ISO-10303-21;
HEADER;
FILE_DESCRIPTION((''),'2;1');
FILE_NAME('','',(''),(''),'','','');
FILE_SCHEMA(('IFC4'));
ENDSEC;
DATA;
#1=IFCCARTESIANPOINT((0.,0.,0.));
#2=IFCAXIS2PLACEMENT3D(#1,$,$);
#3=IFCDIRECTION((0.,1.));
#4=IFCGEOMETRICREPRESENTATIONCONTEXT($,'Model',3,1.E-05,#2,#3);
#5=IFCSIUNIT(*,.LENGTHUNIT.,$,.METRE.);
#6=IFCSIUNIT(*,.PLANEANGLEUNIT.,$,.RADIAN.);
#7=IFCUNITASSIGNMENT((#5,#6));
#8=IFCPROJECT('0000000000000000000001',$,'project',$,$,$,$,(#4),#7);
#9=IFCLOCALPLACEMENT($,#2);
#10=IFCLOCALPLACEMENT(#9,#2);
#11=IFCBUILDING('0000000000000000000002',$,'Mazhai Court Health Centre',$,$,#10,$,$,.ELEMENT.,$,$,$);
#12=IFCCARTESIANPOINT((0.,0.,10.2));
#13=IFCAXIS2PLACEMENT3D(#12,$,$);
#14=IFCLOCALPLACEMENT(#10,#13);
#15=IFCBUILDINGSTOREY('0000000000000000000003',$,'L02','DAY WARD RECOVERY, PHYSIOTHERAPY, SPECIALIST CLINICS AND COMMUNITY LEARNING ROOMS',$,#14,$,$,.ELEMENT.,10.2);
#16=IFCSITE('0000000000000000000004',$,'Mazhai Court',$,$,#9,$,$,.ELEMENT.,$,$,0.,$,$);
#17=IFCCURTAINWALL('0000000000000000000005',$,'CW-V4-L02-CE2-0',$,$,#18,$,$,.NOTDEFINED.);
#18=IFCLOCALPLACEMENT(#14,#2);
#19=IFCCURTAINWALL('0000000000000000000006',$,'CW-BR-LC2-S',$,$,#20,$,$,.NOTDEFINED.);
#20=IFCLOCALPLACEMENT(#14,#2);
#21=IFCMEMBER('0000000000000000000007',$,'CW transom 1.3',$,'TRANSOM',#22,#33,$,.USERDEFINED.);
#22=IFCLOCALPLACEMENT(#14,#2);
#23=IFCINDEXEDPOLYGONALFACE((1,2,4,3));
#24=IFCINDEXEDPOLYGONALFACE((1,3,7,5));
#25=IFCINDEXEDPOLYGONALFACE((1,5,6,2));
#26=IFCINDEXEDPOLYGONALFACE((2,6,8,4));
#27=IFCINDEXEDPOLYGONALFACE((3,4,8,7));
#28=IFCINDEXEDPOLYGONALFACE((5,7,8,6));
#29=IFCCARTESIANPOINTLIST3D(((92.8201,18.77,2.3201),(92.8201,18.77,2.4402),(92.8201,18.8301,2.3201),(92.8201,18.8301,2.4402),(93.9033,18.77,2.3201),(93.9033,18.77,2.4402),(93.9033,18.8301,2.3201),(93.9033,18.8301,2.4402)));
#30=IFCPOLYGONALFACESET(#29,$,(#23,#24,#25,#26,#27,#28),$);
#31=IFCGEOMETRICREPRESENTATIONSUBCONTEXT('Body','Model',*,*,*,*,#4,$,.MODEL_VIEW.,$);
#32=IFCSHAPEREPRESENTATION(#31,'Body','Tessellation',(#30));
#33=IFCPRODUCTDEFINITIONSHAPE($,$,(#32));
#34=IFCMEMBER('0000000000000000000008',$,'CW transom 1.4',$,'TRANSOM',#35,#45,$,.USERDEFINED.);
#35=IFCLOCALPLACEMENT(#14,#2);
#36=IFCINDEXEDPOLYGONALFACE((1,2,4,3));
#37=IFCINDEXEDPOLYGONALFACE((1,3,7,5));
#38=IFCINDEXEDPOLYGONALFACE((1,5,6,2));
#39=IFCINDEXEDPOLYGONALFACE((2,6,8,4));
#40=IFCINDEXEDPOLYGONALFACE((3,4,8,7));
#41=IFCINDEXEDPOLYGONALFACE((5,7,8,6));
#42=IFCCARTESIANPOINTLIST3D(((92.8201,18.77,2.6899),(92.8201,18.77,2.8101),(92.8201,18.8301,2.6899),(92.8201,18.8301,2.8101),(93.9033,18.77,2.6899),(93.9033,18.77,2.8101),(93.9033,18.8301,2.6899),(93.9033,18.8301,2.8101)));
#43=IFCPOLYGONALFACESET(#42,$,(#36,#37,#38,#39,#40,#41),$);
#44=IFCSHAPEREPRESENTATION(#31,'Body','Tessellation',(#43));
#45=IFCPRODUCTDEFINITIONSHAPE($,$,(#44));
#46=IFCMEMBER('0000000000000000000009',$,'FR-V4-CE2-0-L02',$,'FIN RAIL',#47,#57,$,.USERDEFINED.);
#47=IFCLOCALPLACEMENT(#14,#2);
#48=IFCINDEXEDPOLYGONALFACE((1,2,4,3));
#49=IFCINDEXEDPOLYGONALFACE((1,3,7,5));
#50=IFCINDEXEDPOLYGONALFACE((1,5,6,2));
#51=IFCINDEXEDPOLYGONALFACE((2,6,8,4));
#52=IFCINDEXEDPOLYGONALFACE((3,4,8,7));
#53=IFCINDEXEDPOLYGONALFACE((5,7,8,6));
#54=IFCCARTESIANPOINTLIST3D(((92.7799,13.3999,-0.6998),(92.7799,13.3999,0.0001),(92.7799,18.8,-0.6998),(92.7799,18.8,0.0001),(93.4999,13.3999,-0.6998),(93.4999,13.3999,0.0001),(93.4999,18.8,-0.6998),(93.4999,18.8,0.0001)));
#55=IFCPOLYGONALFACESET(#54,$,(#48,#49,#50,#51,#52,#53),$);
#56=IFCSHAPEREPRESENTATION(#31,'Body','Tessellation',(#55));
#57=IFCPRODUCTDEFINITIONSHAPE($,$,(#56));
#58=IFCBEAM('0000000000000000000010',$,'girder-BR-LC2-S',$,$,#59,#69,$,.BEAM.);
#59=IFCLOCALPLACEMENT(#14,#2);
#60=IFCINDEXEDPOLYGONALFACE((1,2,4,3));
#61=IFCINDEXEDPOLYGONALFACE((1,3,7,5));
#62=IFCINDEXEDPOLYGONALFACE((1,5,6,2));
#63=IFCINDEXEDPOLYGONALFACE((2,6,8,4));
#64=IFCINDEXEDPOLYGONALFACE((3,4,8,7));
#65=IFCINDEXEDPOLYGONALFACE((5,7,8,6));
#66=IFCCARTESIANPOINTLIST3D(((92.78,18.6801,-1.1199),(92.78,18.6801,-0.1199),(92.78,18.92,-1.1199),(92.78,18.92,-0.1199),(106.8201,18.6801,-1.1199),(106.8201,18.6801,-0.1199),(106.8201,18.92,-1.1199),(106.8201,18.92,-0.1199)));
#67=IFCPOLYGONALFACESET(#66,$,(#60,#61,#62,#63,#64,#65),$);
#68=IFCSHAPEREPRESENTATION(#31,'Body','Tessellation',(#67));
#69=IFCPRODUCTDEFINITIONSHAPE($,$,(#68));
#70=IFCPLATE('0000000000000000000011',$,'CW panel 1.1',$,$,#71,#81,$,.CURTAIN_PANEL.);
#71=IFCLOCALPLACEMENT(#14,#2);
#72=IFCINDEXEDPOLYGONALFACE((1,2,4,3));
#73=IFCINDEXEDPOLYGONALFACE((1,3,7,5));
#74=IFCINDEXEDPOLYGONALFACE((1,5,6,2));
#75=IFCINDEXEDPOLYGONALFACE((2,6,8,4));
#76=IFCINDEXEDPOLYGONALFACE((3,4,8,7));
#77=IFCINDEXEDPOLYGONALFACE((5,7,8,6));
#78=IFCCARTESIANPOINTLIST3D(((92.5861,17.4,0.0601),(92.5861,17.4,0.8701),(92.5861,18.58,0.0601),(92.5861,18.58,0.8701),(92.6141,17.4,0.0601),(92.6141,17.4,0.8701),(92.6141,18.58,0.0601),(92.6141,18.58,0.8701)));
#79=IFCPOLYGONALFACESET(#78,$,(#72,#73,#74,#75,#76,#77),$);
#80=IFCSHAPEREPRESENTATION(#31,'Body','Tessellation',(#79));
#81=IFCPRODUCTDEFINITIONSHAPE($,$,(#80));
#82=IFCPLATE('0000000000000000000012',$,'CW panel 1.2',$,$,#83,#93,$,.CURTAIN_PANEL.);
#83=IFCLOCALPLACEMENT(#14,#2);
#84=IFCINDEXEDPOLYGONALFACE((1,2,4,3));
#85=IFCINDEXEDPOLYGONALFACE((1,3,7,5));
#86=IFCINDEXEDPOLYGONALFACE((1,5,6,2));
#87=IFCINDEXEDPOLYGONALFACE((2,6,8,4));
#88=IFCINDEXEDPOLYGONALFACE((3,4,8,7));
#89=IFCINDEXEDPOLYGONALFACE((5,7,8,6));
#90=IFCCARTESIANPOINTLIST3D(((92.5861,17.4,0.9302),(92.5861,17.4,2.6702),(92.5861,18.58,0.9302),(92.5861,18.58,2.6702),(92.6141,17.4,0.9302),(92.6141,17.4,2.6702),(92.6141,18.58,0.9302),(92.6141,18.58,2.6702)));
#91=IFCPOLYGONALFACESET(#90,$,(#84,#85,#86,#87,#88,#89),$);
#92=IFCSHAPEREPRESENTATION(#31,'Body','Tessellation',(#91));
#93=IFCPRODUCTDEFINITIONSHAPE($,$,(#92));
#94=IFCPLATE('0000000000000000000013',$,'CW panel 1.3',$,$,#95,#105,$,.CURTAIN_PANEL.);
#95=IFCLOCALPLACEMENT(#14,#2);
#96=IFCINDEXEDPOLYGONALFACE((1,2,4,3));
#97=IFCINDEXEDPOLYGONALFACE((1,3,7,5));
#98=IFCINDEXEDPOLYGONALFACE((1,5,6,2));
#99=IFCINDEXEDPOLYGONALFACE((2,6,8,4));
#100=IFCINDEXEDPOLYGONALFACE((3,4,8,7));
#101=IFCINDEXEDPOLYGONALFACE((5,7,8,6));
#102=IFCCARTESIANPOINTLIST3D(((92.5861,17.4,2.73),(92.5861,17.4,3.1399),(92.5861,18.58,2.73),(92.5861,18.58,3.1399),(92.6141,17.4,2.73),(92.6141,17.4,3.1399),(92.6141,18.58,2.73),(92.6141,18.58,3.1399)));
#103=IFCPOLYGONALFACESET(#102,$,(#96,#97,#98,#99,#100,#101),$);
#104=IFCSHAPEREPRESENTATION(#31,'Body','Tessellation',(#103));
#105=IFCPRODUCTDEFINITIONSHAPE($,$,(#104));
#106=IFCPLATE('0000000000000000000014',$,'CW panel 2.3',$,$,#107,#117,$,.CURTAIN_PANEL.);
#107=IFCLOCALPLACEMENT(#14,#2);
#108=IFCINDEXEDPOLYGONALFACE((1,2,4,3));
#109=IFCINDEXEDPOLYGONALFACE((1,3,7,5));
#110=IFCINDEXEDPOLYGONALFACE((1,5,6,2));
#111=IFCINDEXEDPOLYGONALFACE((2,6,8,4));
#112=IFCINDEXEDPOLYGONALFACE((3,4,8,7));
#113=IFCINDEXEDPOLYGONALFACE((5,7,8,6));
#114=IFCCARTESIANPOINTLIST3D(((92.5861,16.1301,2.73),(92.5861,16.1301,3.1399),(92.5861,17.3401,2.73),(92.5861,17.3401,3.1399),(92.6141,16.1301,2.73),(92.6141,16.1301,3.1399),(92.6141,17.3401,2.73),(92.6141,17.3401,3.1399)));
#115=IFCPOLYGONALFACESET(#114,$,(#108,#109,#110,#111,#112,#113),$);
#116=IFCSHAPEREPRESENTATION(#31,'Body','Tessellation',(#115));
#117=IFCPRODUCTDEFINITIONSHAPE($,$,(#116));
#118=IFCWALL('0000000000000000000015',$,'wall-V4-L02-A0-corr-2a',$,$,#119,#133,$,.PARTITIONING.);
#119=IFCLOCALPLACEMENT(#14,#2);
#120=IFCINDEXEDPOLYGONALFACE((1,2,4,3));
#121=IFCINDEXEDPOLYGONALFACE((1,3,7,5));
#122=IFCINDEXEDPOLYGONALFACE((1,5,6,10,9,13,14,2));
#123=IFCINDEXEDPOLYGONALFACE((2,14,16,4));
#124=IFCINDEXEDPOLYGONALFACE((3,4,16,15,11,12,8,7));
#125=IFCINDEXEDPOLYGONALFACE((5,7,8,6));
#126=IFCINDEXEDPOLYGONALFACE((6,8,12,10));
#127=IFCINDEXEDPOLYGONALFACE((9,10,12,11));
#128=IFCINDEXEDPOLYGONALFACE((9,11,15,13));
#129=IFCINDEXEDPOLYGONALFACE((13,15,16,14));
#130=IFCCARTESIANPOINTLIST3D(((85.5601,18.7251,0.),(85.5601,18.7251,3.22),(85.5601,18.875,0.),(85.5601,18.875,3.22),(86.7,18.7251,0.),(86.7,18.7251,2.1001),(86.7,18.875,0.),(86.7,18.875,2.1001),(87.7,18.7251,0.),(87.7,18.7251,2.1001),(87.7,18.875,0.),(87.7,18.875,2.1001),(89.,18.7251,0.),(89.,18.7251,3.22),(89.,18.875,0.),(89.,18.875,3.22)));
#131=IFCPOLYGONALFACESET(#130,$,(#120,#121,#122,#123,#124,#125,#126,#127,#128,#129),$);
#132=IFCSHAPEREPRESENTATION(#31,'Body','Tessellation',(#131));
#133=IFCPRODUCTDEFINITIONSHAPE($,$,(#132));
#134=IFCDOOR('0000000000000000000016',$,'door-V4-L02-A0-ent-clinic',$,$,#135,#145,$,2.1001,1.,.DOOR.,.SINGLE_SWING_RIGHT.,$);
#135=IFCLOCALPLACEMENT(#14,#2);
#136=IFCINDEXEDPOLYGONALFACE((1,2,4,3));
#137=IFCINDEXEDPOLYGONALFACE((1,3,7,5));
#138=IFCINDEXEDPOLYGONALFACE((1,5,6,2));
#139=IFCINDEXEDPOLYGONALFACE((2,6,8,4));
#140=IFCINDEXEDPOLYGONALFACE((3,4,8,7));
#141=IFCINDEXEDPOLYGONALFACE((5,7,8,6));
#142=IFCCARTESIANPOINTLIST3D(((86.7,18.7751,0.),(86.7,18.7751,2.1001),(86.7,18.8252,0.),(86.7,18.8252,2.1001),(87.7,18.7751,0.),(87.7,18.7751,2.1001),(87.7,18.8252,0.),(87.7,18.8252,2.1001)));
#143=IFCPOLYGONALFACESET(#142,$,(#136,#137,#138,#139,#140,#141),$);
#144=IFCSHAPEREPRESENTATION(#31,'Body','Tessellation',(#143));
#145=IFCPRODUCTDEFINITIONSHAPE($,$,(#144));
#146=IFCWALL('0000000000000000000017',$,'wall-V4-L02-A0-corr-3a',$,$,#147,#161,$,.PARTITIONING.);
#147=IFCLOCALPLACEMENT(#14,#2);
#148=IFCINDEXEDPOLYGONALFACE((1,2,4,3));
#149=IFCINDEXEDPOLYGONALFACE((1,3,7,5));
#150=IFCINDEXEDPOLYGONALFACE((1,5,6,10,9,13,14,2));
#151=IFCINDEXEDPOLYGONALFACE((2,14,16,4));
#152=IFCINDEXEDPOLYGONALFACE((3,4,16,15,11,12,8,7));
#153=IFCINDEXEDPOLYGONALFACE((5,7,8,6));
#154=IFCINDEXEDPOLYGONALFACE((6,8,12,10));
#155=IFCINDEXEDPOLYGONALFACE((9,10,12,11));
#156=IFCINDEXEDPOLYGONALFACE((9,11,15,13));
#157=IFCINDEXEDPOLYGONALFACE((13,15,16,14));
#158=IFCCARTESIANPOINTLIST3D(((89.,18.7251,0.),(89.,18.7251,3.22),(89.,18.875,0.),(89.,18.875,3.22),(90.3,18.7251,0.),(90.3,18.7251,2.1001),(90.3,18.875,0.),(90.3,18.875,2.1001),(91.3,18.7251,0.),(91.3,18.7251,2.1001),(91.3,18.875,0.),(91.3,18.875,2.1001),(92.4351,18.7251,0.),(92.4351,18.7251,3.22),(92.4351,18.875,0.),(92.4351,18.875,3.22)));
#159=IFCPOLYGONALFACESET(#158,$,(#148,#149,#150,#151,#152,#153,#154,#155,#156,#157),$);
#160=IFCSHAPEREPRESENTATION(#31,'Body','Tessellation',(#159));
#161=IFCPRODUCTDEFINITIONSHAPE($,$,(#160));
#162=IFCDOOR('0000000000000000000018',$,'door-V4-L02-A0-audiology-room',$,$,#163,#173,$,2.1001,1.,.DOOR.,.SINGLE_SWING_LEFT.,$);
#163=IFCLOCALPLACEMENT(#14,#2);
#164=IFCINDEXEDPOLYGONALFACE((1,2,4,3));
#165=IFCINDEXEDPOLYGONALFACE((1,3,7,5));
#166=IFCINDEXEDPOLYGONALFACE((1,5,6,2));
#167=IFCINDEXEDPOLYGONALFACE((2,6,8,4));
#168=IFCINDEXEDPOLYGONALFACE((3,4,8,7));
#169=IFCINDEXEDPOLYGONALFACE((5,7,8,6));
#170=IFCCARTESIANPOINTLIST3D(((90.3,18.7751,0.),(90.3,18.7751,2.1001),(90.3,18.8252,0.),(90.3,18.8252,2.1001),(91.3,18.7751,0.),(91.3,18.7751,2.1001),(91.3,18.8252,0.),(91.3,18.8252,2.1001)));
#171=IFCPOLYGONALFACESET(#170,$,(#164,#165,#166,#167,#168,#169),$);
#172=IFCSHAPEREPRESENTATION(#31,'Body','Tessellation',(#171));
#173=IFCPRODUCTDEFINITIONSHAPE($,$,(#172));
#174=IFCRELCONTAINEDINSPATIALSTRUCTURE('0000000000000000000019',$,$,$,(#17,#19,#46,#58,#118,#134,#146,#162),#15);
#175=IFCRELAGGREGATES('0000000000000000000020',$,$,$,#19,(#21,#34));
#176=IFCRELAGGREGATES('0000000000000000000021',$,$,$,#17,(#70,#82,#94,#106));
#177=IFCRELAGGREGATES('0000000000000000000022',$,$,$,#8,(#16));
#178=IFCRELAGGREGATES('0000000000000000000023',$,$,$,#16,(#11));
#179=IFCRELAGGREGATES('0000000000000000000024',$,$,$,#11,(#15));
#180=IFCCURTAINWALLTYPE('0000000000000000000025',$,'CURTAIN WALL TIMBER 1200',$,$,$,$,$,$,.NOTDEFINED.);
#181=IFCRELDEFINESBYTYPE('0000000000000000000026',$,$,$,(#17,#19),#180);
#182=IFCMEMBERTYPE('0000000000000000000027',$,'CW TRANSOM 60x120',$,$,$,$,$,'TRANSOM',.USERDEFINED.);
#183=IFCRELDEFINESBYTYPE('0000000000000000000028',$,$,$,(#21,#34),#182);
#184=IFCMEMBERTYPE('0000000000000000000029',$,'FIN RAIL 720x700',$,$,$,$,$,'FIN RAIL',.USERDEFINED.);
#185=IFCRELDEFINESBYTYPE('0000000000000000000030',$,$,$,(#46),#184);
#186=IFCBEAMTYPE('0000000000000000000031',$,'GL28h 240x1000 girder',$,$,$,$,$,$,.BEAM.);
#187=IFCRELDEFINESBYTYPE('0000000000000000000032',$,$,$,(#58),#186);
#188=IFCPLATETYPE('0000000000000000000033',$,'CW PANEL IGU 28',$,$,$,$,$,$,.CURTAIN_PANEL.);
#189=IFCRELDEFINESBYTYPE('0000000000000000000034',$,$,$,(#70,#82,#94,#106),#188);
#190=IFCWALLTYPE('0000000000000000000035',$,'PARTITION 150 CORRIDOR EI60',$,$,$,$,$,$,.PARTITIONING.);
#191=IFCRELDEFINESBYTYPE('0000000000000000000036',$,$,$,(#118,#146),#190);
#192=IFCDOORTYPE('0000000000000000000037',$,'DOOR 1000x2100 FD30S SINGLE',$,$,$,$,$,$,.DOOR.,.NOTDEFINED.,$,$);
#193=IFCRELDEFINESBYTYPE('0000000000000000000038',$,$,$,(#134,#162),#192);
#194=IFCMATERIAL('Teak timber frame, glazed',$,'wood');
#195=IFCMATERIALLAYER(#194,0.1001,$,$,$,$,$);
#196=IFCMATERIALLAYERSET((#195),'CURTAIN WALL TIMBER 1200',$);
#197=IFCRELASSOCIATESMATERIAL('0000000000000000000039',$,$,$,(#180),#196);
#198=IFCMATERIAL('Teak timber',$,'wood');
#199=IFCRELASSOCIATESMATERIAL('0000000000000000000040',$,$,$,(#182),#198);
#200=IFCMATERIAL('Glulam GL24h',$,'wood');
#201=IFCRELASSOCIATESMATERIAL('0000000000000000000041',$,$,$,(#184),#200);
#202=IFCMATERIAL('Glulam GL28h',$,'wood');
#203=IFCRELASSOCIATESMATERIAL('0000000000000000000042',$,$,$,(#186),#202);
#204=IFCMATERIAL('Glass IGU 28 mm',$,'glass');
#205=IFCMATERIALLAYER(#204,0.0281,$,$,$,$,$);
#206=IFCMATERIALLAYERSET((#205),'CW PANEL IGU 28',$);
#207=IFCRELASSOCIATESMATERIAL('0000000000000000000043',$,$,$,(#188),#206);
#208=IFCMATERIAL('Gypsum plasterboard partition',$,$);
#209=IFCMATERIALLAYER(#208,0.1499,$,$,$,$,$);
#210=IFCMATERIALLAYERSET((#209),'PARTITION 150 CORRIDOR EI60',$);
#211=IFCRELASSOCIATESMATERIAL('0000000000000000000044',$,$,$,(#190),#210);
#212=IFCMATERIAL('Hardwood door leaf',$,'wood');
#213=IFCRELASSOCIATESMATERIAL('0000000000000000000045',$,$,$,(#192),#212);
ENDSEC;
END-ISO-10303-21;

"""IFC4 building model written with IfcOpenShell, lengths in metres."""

from ifc_helpers import new_model, si_unit, direction, frame, frame_2d, origin, origin_2d, place, context, subcontext, project, spatial, rectangle, extrude, material, layer, layer_set, material_profile, profile_set, type_object, element, fill, aggregate, save


model = new_model("IFC4")

# Units and contexts
model_context = context("Model", 3, precision=1e-05, world=origin(), true_north=direction((0.0, 1.0)))
body_context = subcontext(model_context, "Body", "Model", "MODEL_VIEW")
ifc_project = project(units=[si_unit("LENGTHUNIT", "METRE"), si_unit("PLANEANGLEUNIT", "RADIAN")], contexts=[model_context])

# Site, building, storey
site_placement = place(None, origin())
site = spatial("IfcSite", under=ifc_project, at=site_placement, Name="Mazhai Court", CompositionType="ELEMENT", RefElevation=0.0)
building_placement = place(site_placement, origin())
building = spatial("IfcBuilding", under=site, at=building_placement, Name="Mazhai Court Health Centre", CompositionType="ELEMENT")
storey_placement = place(building_placement, frame((0.0, 0.0, 10.2)))
storey = spatial("IfcBuildingStorey", under=building, at=storey_placement, Name="L02", Description="DAY WARD RECOVERY, PHYSIOTHERAPY, SPECIALIST CLINICS AND COMMUNITY LEARNING ROOMS", CompositionType="ELEMENT", Elevation=10.2)

# Curtain wall
ifc_material_1 = material(Name="Teak timber frame, glazed", Category="wood")
ifc_layer_1 = layer(ifc_material_1, 0.1001)
ifc_layer_set_1 = layer_set([ifc_layer_1], Name="CURTAIN WALL TIMBER 1200")
curtain_wall_type = type_object("IfcCurtainWallType", Name="CURTAIN WALL TIMBER 1200", PredefinedType="NOTDEFINED", material=ifc_layer_set_1)
curtain_wall_1_placement = place(storey_placement, origin())
curtain_wall_1 = element("IfcCurtainWall", 1, at=curtain_wall_1_placement, inside=storey, type_object=curtain_wall_type, Name="CW-V4-L02-CE2-0", PredefinedType="NOTDEFINED")

# Curtain wall
curtain_wall_2_placement = place(storey_placement, origin())
curtain_wall_2 = element("IfcCurtainWall", 2, at=curtain_wall_2_placement, inside=storey, type_object=curtain_wall_type, Name="CW-BR-LC2-S", PredefinedType="NOTDEFINED")

# Members
ifc_material_2 = material(Name="Teak timber", Category="wood")
ifc_material_profile_1 = material_profile(ifc_material_2, rectangle(XDim=0.0601, YDim=0.1201, at=origin_2d()), Name="CW TRANSOM 60x120")
ifc_profile_set_1 = profile_set([ifc_material_profile_1], Name="Teak timber")
member_type_1 = type_object("IfcMemberType", Name="CW TRANSOM 60x120", ElementType="TRANSOM", PredefinedType="USERDEFINED", material=ifc_profile_set_1)
member_1_placement = place(storey_placement, frame((92.8201, 18.8, 2.3801), z_axis=(1.0, 0.0, 0.0), x_axis=(0.0, 1.0, 0.0)))
member_1 = element("IfcMember", 3, at=member_1_placement, type_object=member_type_1, Name="CW transom 1.3", ObjectType="TRANSOM", PredefinedType="USERDEFINED", context=body_context, shape_type="SweptSolid", body=[
    extrude(rectangle(XDim=0.0601, YDim=0.1201, at=origin_2d()), origin(), (0.0, 0.0, 1.0), 1.0833),
])
member_2_placement = place(storey_placement, frame((92.8201, 18.8, 2.75), z_axis=(1.0, 0.0, 0.0), x_axis=(0.0, 1.0, 0.0)))
member_2 = element("IfcMember", 4, at=member_2_placement, type_object=member_type_1, Name="CW transom 1.4", ObjectType="TRANSOM", PredefinedType="USERDEFINED", context=body_context, shape_type="SweptSolid", body=[
    extrude(rectangle(XDim=0.0601, YDim=0.1201, at=origin_2d()), origin(), (0.0, 0.0, 1.0), 1.0833),
])
aggregate(curtain_wall_2, [member_1, member_2])
ifc_material_3 = material(Name="Glulam GL24h", Category="wood")
ifc_material_profile_2 = material_profile(ifc_material_3, rectangle(XDim=0.72, YDim=0.7, at=origin_2d()), Name="FIN RAIL 720x700")
ifc_profile_set_2 = profile_set([ifc_material_profile_2], Name="Glulam GL24h")
member_type_2 = type_object("IfcMemberType", Name="FIN RAIL 720x700", ElementType="FIN RAIL", PredefinedType="USERDEFINED", material=ifc_profile_set_2)
member_3_placement = place(storey_placement, frame((93.1399, 18.8, -0.3499), z_axis=(0.0, -1.0, 0.0), x_axis=(1.0, 0.0, 0.0)))
element("IfcMember", 5, at=member_3_placement, inside=storey, type_object=member_type_2, Name="FR-V4-CE2-0-L02", ObjectType="FIN RAIL", PredefinedType="USERDEFINED", context=body_context, shape_type="SweptSolid", body=[
    extrude(rectangle(XDim=0.72, YDim=0.7, at=origin_2d()), origin(), (0.0, 0.0, 1.0), 5.4001),
])

# Beam
ifc_material_4 = material(Name="Glulam GL28h", Category="wood")
ifc_material_profile_3 = material_profile(ifc_material_4, rectangle(XDim=0.24, YDim=1.0, at=origin_2d()), Name="GL28h 240x1000")
ifc_profile_set_3 = profile_set([ifc_material_profile_3], Name="Glulam GL28h")
beam_type = type_object("IfcBeamType", Name="GL28h 240x1000 girder", PredefinedType="BEAM", material=ifc_profile_set_3)
beam_placement = place(storey_placement, frame((92.78, 18.8, -0.6199), z_axis=(1.0, 0.0, 0.0), x_axis=(0.0, 1.0, 0.0)))
element("IfcBeam", 6, at=beam_placement, inside=storey, type_object=beam_type, Name="girder-BR-LC2-S", PredefinedType="BEAM", context=body_context, shape_type="SweptSolid", body=[
    extrude(rectangle(XDim=0.24, YDim=1.0, at=origin_2d()), origin(), (0.0, 0.0, 1.0), 14.04),
])

# Plates
ifc_material_5 = material(Name="Glass IGU 28 mm", Category="glass")
ifc_layer_2 = layer(ifc_material_5, 0.0281)
ifc_layer_set_2 = layer_set([ifc_layer_2], Name="CW PANEL IGU 28")
plate_type = type_object("IfcPlateType", Name="CW PANEL IGU 28", PredefinedType="CURTAIN_PANEL", material=ifc_layer_set_2)
plate_1_placement = place(storey_placement, frame((92.6001, 17.99, 0.0601), z_axis=(0.0, 0.0, 1.0), x_axis=(0.0, -1.0, 0.0)))
plate_1 = element("IfcPlate", 7, at=plate_1_placement, type_object=plate_type, Name="CW panel 1.1", PredefinedType="CURTAIN_PANEL", context=body_context, shape_type="SweptSolid", body=[
    extrude(rectangle(XDim=1.1799, YDim=0.0281, at=origin_2d()), origin(), (0.0, 0.0, 1.0), 0.8101),
])
plate_2_placement = place(storey_placement, frame((92.6001, 17.99, 0.9302), z_axis=(0.0, 0.0, 1.0), x_axis=(0.0, -1.0, 0.0)))
plate_2 = element("IfcPlate", 8, at=plate_2_placement, type_object=plate_type, Name="CW panel 1.2", PredefinedType="CURTAIN_PANEL", context=body_context, shape_type="SweptSolid", body=[
    extrude(rectangle(XDim=1.1799, YDim=0.0281, at=origin_2d()), origin(), (0.0, 0.0, 1.0), 1.74),
])
plate_3_placement = place(storey_placement, frame((92.6001, 17.99, 2.73), z_axis=(0.0, 0.0, 1.0), x_axis=(0.0, -1.0, 0.0)))
plate_3 = element("IfcPlate", 9, at=plate_3_placement, type_object=plate_type, Name="CW panel 1.3", PredefinedType="CURTAIN_PANEL", context=body_context, shape_type="SweptSolid", body=[
    extrude(rectangle(XDim=1.1799, YDim=0.0281, at=origin_2d()), origin(), (0.0, 0.0, 1.0), 0.4099),
])
plate_4_placement = place(storey_placement, frame((92.6001, 16.7351, 2.73), z_axis=(0.0, 0.0, 1.0), x_axis=(0.0, -1.0, 0.0)))
plate_4 = element("IfcPlate", 10, at=plate_4_placement, type_object=plate_type, Name="CW panel 2.3", PredefinedType="CURTAIN_PANEL", context=body_context, shape_type="SweptSolid", body=[
    extrude(rectangle(XDim=1.21, YDim=0.0281, at=origin_2d()), origin(), (0.0, 0.0, 1.0), 0.4099),
])
aggregate(curtain_wall_1, [plate_1, plate_2, plate_3, plate_4])

# Walls, openings, doors
ifc_material_6 = material(Name="Gypsum plasterboard partition")
ifc_layer_3 = layer(ifc_material_6, 0.1499)
ifc_layer_set_3 = layer_set([ifc_layer_3], Name="PARTITION 150 CORRIDOR EI60")
wall_type = type_object("IfcWallType", Name="PARTITION 150 CORRIDOR EI60", PredefinedType="PARTITIONING", material=ifc_layer_set_3)
wall_1_placement = place(storey_placement, frame((89.0, 18.8, 0.0), z_axis=(0.0, 0.0, 1.0), x_axis=(-1.0, 0.0, 0.0)))
wall_1 = element("IfcWall", 11, at=wall_1_placement, inside=storey, type_object=wall_type, Name="wall-V4-L02-A0-corr-2a", PredefinedType="PARTITIONING", context=body_context, shape_type="SweptSolid", body=[
    extrude(rectangle(XDim=3.4399, YDim=0.1499, at=frame_2d((1.72, 0.0))), origin(), (0.0, 0.0, 1.0), 3.22),
])
opening_1_placement = place(wall_1_placement, frame((1.3, 0.0, 0.0)))
opening_1 = element("IfcOpeningElement", 12, at=opening_1_placement, cuts=wall_1, PredefinedType="OPENING", context=body_context, shape_type="SweptSolid", body=[
    extrude(rectangle(XDim=1.0, YDim=2.1001, at=frame_2d((0.5, 1.05))), frame((0.0, 0.085, 0.0), z_axis=(0.0, -1.0, 0.0), x_axis=(1.0, 0.0, 0.0)), (0.0, 0.0, 1.0), 0.1699),
])
ifc_material_7 = material(Name="Hardwood door leaf", Category="wood")
door_type = type_object("IfcDoorType", Name="DOOR 1000x2100 FD30S SINGLE", OperationType="NOTDEFINED", PredefinedType="DOOR", material=ifc_material_7)
door_1_placement = place(opening_1_placement, origin())
door_1 = element("IfcDoor", 13, at=door_1_placement, inside=storey, type_object=door_type, Name="door-V4-L02-A0-ent-clinic", OperationType="SINGLE_SWING_RIGHT", OverallHeight=2.1001, OverallWidth=1.0, PredefinedType="DOOR", context=body_context, shape_type="SweptSolid", body=[
    extrude(rectangle(XDim=1.0, YDim=2.1001, at=frame_2d((0.5, 1.05))), frame((0.0, 0.0249, 0.0), z_axis=(0.0, -1.0, 0.0), x_axis=(1.0, 0.0, 0.0)), (0.0, 0.0, 1.0), 0.05),
])
fill(opening_1, door_1)
wall_2_placement = place(storey_placement, frame((92.4351, 18.8, 0.0), z_axis=(0.0, 0.0, 1.0), x_axis=(-1.0, 0.0, 0.0)))
wall_2 = element("IfcWall", 14, at=wall_2_placement, inside=storey, type_object=wall_type, Name="wall-V4-L02-A0-corr-3a", PredefinedType="PARTITIONING", context=body_context, shape_type="SweptSolid", body=[
    extrude(rectangle(XDim=3.4351, YDim=0.1499, at=frame_2d((1.7175, 0.0))), origin(), (0.0, 0.0, 1.0), 3.22),
])
opening_2_placement = place(wall_2_placement, frame((1.135, 0.0, 0.0)))
opening_2 = element("IfcOpeningElement", 15, at=opening_2_placement, cuts=wall_2, PredefinedType="OPENING", context=body_context, shape_type="SweptSolid", body=[
    extrude(rectangle(XDim=1.0, YDim=2.1001, at=frame_2d((0.5, 1.05))), frame((0.0, 0.085, 0.0), z_axis=(0.0, -1.0, 0.0), x_axis=(1.0, 0.0, 0.0)), (0.0, 0.0, 1.0), 0.1699),
])
door_2_placement = place(opening_2_placement, origin())
door_2 = element("IfcDoor", 16, at=door_2_placement, inside=storey, type_object=door_type, Name="door-V4-L02-A0-audiology-room", OperationType="SINGLE_SWING_LEFT", OverallHeight=2.1001, OverallWidth=1.0, PredefinedType="DOOR", context=body_context, shape_type="SweptSolid", body=[
    extrude(rectangle(XDim=1.0, YDim=2.1001, at=frame_2d((0.5, 1.05))), frame((0.0, 0.0249, 0.0), z_axis=(0.0, -1.0, 0.0), x_axis=(1.0, 0.0, 0.0)), (0.0, 0.0, 1.0), 0.05),
])
fill(opening_2, door_2)

save(model, "model.ifc")
